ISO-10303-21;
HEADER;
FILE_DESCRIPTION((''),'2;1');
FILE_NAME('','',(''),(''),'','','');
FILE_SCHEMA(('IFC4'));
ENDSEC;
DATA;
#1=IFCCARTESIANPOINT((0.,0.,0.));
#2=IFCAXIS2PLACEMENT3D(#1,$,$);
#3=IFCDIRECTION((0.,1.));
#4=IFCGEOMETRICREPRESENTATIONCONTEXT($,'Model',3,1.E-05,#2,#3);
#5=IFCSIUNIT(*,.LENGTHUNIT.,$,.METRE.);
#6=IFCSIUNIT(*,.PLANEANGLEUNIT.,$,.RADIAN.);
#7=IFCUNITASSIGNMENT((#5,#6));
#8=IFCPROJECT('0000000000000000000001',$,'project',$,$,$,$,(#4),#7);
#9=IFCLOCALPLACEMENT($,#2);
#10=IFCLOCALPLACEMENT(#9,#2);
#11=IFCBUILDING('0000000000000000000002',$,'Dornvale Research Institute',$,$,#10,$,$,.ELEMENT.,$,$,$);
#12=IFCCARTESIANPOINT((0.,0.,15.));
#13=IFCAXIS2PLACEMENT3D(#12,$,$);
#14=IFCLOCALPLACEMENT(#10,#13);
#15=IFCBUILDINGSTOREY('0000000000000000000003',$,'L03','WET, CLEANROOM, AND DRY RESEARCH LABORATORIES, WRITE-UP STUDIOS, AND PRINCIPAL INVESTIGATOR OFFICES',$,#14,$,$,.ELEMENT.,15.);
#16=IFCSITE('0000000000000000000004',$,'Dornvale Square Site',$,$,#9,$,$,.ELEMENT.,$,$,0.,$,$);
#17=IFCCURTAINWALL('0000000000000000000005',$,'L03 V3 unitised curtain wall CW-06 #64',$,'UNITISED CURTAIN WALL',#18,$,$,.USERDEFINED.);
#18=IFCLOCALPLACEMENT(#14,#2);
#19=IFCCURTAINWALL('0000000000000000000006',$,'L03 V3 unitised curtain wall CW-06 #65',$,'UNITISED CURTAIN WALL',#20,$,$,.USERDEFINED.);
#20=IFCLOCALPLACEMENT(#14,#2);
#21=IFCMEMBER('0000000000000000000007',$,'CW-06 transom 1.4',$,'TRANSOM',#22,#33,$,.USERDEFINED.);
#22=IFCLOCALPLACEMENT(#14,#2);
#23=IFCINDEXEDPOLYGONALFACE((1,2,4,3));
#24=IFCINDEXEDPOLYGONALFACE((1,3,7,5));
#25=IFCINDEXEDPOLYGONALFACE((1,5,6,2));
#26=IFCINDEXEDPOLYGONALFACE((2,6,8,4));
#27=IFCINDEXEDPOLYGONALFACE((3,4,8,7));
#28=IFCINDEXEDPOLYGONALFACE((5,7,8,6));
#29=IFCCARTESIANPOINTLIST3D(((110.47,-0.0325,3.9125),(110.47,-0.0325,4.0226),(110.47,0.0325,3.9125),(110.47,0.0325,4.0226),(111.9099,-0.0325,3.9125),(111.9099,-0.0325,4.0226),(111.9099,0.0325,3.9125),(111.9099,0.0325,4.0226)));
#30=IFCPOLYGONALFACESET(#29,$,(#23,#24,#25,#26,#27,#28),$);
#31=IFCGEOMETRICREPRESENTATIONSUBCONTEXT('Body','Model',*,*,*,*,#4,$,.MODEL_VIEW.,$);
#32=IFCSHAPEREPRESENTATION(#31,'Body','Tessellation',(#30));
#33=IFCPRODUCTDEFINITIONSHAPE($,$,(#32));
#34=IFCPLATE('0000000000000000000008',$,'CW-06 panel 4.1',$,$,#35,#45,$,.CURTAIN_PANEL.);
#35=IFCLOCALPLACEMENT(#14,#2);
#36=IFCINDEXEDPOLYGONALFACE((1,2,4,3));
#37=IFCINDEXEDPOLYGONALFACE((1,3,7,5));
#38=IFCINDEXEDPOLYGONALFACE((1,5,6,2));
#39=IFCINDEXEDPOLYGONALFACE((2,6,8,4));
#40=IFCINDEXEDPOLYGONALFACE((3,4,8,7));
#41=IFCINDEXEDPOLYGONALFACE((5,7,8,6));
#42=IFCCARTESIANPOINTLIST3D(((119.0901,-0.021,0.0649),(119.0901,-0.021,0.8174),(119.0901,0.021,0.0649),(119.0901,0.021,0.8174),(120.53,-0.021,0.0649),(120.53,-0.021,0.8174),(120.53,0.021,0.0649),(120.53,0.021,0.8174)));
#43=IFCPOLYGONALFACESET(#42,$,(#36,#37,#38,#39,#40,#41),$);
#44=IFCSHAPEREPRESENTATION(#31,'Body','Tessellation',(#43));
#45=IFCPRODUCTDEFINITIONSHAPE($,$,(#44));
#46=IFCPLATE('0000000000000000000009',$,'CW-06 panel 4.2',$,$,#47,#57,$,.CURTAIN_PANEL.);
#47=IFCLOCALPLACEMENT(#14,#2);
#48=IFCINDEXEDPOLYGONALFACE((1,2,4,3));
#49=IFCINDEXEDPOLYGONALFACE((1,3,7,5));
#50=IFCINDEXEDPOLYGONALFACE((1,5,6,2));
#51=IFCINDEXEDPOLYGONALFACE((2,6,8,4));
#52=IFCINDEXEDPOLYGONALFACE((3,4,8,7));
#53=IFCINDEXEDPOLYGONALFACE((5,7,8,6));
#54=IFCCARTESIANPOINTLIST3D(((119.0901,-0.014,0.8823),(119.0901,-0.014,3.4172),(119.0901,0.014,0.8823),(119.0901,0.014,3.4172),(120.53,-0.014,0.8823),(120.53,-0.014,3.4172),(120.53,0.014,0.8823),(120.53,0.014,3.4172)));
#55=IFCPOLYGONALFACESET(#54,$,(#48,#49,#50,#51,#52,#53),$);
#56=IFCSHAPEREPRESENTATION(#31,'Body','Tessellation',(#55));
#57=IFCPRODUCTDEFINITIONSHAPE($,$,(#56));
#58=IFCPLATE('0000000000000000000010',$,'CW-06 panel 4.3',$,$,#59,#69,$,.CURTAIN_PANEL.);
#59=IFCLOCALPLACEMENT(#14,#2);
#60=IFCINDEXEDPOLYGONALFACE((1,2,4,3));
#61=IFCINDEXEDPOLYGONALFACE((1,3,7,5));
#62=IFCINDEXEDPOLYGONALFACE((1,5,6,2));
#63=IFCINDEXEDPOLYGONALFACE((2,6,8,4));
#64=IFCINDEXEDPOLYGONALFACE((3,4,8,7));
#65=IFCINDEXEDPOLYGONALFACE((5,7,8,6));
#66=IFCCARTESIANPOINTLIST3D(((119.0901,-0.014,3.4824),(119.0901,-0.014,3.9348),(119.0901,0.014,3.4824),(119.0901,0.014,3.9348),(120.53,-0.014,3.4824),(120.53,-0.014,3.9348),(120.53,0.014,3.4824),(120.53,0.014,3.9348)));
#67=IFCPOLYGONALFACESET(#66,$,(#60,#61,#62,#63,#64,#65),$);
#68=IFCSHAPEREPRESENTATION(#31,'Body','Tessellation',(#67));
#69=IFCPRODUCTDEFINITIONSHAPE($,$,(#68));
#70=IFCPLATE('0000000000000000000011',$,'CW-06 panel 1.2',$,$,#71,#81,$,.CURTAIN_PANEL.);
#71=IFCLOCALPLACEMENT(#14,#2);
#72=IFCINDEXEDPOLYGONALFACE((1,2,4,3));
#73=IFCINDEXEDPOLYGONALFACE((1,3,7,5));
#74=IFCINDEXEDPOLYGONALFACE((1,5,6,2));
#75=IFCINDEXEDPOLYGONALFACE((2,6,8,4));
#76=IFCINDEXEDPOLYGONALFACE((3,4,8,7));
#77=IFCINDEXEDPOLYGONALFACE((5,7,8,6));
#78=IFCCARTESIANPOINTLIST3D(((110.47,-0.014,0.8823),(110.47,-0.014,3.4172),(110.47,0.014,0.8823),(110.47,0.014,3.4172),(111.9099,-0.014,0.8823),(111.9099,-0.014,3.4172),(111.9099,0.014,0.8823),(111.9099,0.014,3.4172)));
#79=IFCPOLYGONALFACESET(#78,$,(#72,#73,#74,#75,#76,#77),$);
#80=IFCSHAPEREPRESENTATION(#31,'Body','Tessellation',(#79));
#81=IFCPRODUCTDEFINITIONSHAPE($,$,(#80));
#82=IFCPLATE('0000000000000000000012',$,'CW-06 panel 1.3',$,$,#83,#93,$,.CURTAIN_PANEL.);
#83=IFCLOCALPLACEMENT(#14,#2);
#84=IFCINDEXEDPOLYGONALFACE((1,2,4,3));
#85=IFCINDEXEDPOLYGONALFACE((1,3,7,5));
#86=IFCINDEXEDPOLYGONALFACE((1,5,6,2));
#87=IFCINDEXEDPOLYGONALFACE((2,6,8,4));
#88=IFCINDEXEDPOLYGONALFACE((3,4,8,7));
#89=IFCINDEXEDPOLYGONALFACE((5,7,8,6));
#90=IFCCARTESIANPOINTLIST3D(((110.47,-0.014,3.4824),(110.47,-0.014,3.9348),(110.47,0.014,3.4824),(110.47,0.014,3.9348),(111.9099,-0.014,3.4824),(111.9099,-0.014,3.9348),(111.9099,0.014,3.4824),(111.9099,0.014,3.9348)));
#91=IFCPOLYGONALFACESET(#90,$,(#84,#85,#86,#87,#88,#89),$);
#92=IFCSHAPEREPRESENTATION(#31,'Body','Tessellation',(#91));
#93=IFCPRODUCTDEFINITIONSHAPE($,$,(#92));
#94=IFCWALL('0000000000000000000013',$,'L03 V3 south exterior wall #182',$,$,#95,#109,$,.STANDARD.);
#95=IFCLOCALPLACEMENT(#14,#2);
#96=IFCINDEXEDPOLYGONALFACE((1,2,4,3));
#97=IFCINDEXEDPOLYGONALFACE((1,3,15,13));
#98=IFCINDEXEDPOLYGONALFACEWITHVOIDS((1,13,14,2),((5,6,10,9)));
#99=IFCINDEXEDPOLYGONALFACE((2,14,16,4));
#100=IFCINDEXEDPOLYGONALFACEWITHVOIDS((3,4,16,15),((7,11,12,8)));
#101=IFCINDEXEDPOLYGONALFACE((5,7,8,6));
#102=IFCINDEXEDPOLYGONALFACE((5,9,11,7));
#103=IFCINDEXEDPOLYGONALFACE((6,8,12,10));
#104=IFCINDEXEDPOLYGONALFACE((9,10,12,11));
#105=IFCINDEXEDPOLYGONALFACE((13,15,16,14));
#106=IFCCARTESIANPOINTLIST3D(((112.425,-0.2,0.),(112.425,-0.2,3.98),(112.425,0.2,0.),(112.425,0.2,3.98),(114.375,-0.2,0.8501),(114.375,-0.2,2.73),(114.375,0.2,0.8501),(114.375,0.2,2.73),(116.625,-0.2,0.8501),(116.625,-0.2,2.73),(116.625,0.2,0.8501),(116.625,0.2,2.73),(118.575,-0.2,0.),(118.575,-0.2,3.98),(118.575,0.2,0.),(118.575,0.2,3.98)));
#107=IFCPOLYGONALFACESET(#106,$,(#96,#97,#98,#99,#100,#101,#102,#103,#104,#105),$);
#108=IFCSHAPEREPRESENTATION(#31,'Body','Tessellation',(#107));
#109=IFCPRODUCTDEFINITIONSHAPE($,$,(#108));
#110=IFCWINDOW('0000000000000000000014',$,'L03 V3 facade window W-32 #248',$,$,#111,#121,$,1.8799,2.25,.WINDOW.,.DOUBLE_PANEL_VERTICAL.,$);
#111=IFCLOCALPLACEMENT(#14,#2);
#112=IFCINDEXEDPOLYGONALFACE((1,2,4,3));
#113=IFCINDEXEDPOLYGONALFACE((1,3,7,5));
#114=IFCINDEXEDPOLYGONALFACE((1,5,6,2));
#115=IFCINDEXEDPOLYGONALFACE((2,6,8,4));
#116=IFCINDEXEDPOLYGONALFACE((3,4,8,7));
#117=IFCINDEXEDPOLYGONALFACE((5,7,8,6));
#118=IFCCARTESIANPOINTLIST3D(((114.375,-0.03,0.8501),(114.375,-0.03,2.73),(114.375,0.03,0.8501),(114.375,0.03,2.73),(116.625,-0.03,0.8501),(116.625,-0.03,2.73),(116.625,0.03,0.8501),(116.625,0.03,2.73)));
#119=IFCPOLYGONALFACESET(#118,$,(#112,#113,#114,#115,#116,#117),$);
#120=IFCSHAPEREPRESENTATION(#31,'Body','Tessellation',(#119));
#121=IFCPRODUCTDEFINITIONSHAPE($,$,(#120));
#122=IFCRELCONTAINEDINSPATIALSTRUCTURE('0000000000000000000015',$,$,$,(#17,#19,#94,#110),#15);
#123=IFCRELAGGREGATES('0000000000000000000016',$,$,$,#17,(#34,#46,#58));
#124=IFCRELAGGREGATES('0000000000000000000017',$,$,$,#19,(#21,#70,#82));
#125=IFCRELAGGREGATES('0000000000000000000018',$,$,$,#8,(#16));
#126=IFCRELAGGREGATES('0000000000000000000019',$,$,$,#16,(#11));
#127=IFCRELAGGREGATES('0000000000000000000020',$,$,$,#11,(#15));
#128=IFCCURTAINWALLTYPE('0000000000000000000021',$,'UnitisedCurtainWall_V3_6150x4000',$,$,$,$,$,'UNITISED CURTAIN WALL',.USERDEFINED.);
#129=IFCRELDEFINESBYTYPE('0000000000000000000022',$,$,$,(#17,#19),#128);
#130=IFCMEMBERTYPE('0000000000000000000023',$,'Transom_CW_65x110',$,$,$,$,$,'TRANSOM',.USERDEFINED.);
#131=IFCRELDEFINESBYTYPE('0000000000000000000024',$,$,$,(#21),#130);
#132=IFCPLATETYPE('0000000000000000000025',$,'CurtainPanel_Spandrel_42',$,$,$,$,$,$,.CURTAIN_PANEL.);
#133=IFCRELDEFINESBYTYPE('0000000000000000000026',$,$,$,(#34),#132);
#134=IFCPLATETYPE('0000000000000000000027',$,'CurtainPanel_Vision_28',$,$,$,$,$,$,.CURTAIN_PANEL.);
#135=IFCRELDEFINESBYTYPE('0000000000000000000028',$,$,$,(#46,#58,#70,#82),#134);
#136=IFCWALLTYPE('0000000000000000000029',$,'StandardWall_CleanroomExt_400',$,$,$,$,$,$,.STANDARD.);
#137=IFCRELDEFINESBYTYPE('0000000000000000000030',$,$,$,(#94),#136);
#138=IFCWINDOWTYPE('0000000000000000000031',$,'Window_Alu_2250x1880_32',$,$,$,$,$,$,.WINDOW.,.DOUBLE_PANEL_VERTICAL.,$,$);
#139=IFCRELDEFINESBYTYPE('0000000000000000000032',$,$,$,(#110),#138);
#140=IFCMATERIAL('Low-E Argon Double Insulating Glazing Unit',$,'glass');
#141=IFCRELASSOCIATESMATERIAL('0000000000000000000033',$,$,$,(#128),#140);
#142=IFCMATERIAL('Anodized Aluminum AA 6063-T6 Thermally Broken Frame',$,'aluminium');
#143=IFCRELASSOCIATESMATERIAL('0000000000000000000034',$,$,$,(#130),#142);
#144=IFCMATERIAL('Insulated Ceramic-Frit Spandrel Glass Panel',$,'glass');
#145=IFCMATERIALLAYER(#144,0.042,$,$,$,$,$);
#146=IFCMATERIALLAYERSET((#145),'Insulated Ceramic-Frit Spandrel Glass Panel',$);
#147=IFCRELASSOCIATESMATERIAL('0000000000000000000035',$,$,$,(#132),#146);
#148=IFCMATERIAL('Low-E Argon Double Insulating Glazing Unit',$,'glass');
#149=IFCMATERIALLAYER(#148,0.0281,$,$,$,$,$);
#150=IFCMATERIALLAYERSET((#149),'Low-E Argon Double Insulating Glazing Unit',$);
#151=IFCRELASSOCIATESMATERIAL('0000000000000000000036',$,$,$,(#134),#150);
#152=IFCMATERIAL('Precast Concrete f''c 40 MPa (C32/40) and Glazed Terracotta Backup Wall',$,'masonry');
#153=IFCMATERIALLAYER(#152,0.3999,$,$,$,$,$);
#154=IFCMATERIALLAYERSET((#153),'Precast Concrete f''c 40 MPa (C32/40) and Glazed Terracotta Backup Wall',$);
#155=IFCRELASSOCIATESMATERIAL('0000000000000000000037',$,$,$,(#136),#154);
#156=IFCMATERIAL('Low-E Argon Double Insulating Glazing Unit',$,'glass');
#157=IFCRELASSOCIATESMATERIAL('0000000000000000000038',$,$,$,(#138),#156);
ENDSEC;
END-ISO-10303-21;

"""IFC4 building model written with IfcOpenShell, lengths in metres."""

from ifc_helpers import new_model, si_unit, direction, frame, frame_2d, origin, origin_2d, place, context, subcontext, project, spatial, rectangle, extrude, material, layer, layer_set, material_profile, profile_set, type_object, element, fill, aggregate, save


model = new_model("IFC4")

# Units and contexts
model_context = context("Model", 3, precision=1e-05, world=origin(), true_north=direction((0.0, 1.0)))
body_context = subcontext(model_context, "Body", "Model", "MODEL_VIEW")
ifc_project = project(units=[si_unit("LENGTHUNIT", "METRE"), si_unit("PLANEANGLEUNIT", "RADIAN")], contexts=[model_context])

# Site, building, storey
site_placement = place(None, origin())
site = spatial("IfcSite", under=ifc_project, at=site_placement, Name="Dornvale Square Site", CompositionType="ELEMENT", RefElevation=0.0)
building_placement = place(site_placement, origin())
building = spatial("IfcBuilding", under=site, at=building_placement, Name="Dornvale Research Institute", CompositionType="ELEMENT")
storey_placement = place(building_placement, frame((0.0, 0.0, 15.0)))
storey = spatial("IfcBuildingStorey", under=building, at=storey_placement, Name="L03", Description="WET, CLEANROOM, AND DRY RESEARCH LABORATORIES, WRITE-UP STUDIOS, AND PRINCIPAL INVESTIGATOR OFFICES", CompositionType="ELEMENT", Elevation=15.0)

# Curtain walls
ifc_material_1 = material(Name="Low-E Argon Double Insulating Glazing Unit", Category="glass")
curtain_wall_type = type_object("IfcCurtainWallType", Name="UnitisedCurtainWall_V3_6150x4000", ElementType="UNITISED CURTAIN WALL", PredefinedType="USERDEFINED", material=ifc_material_1)
curtain_wall_1_placement = place(storey_placement, origin())
curtain_wall_1 = element("IfcCurtainWall", 1, at=curtain_wall_1_placement, inside=storey, type_object=curtain_wall_type, Name="L03 V3 unitised curtain wall CW-06 #64", ObjectType="UNITISED CURTAIN WALL", PredefinedType="USERDEFINED")
curtain_wall_2_placement = place(storey_placement, origin())
curtain_wall_2 = element("IfcCurtainWall", 2, at=curtain_wall_2_placement, inside=storey, type_object=curtain_wall_type, Name="L03 V3 unitised curtain wall CW-06 #65", ObjectType="UNITISED CURTAIN WALL", PredefinedType="USERDEFINED")

# Member
ifc_material_2 = material(Name="Anodized Aluminum AA 6063-T6 Thermally Broken Frame", Category="aluminium")
ifc_material_profile_1 = material_profile(ifc_material_2, rectangle(XDim=0.0649, YDim=0.1101, at=origin_2d()), Name="ALU TRANSOM 65x110")
ifc_profile_set_1 = profile_set([ifc_material_profile_1], Name="Anodized Aluminum AA 6063-T6 Thermally Broken Frame")
member_type_1 = type_object("IfcMemberType", Name="Transom_CW_65x110", ElementType="TRANSOM", PredefinedType="USERDEFINED", material=ifc_profile_set_1)
member_1_placement = place(storey_placement, frame((111.9099, 0.0, 3.9675), z_axis=(-1.0, 0.0, 0.0), x_axis=(0.0, -1.0, 0.0)))
member_1 = element("IfcMember", 3, at=member_1_placement, type_object=member_type_1, Name="CW-06 transom 1.4", ObjectType="TRANSOM", PredefinedType="USERDEFINED", context=body_context, shape_type="SweptSolid", body=[
    extrude(rectangle(XDim=0.0649, YDim=0.1101, at=origin_2d()), origin(), (0.0, 0.0, 1.0), 1.4399),
])

# Plates
ifc_material_3 = material(Name="Insulated Ceramic-Frit Spandrel Glass Panel", Category="glass")
ifc_layer_1 = layer(ifc_material_3, 0.042)
ifc_layer_set_1 = layer_set([ifc_layer_1], Name="Insulated Ceramic-Frit Spandrel Glass Panel")
plate_type_1 = type_object("IfcPlateType", Name="CurtainPanel_Spandrel_42", PredefinedType="CURTAIN_PANEL", material=ifc_layer_set_1)
plate_1_placement = place(storey_placement, frame((119.8101, 0.0, 0.0649), z_axis=(0.0, 0.0, 1.0), x_axis=(-1.0, 0.0, 0.0)))
plate_1 = element("IfcPlate", 4, at=plate_1_placement, type_object=plate_type_1, Name="CW-06 panel 4.1", PredefinedType="CURTAIN_PANEL", context=body_context, shape_type="SweptSolid", body=[
    extrude(rectangle(XDim=1.4399, YDim=0.042, at=origin_2d()), origin(), (0.0, 0.0, 1.0), 0.7524),
])
ifc_material_4 = material(Name="Low-E Argon Double Insulating Glazing Unit", Category="glass")
ifc_layer_2 = layer(ifc_material_4, 0.0281)
ifc_layer_set_2 = layer_set([ifc_layer_2], Name="Low-E Argon Double Insulating Glazing Unit")
plate_type_2 = type_object("IfcPlateType", Name="CurtainPanel_Vision_28", PredefinedType="CURTAIN_PANEL", material=ifc_layer_set_2)
plate_2_placement = place(storey_placement, frame((119.8101, 0.0, 0.8823), z_axis=(0.0, 0.0, 1.0), x_axis=(-1.0, 0.0, 0.0)))
plate_2 = element("IfcPlate", 5, at=plate_2_placement, type_object=plate_type_2, Name="CW-06 panel 4.2", PredefinedType="CURTAIN_PANEL", context=body_context, shape_type="SweptSolid", body=[
    extrude(rectangle(XDim=1.4399, YDim=0.0281, at=origin_2d()), origin(), (0.0, 0.0, 1.0), 2.5349),
])
plate_3_placement = place(storey_placement, frame((119.8101, 0.0, 3.4824), z_axis=(0.0, 0.0, 1.0), x_axis=(-1.0, 0.0, 0.0)))
plate_3 = element("IfcPlate", 6, at=plate_3_placement, type_object=plate_type_2, Name="CW-06 panel 4.3", PredefinedType="CURTAIN_PANEL", context=body_context, shape_type="SweptSolid", body=[
    extrude(rectangle(XDim=1.4399, YDim=0.0281, at=origin_2d()), origin(), (0.0, 0.0, 1.0), 0.4524),
])
aggregate(curtain_wall_1, [plate_1, plate_2, plate_3])
plate_4_placement = place(storey_placement, frame((111.1899, 0.0, 0.8823), z_axis=(0.0, 0.0, 1.0), x_axis=(-1.0, 0.0, 0.0)))
plate_4 = element("IfcPlate", 7, at=plate_4_placement, type_object=plate_type_2, Name="CW-06 panel 1.2", PredefinedType="CURTAIN_PANEL", context=body_context, shape_type="SweptSolid", body=[
    extrude(rectangle(XDim=1.4399, YDim=0.0281, at=origin_2d()), origin(), (0.0, 0.0, 1.0), 2.5349),
])
plate_5_placement = place(storey_placement, frame((111.1899, 0.0, 3.4824), z_axis=(0.0, 0.0, 1.0), x_axis=(-1.0, 0.0, 0.0)))
plate_5 = element("IfcPlate", 8, at=plate_5_placement, type_object=plate_type_2, Name="CW-06 panel 1.3", PredefinedType="CURTAIN_PANEL", context=body_context, shape_type="SweptSolid", body=[
    extrude(rectangle(XDim=1.4399, YDim=0.0281, at=origin_2d()), origin(), (0.0, 0.0, 1.0), 0.4524),
])
aggregate(curtain_wall_2, [member_1, plate_4, plate_5])

# Wall, opening, window
ifc_material_5 = material(Name="Precast Concrete f'c 40 MPa (C32/40) and Glazed Terracotta Backup Wall", Category="masonry")
ifc_layer_3 = layer(ifc_material_5, 0.3999)
ifc_layer_set_3 = layer_set([ifc_layer_3], Name="Precast Concrete f'c 40 MPa (C32/40) and Glazed Terracotta Backup Wall")
wall_type = type_object("IfcWallType", Name="StandardWall_CleanroomExt_400", PredefinedType="STANDARD", material=ifc_layer_set_3)
wall_placement = place(storey_placement, frame((118.575, 0.0, 0.0), z_axis=(0.0, 0.0, 1.0), x_axis=(-1.0, 0.0, 0.0)))
wall = element("IfcWall", 9, at=wall_placement, inside=storey, type_object=wall_type, Name="L03 V3 south exterior wall #182", PredefinedType="STANDARD", context=body_context, shape_type="SweptSolid", body=[
    extrude(rectangle(XDim=6.1499, YDim=0.3999, at=frame_2d((3.075, 0.0))), origin(), (0.0, 0.0, 1.0), 3.98),
])
opening_placement = place(wall_placement, frame((1.95, 0.0, 0.8501)))
opening = element("IfcOpeningElement", 10, at=opening_placement, cuts=wall, PredefinedType="OPENING", context=body_context, shape_type="SweptSolid", body=[
    extrude(rectangle(XDim=2.25, YDim=1.8799, at=frame_2d((1.125, 0.9399))), frame((0.0, 0.2148, 0.0), z_axis=(0.0, -1.0, 0.0), x_axis=(1.0, 0.0, 0.0)), (0.0, 0.0, 1.0), 0.4299),
])
ifc_material_6 = material(Name="Low-E Argon Double Insulating Glazing Unit", Category="glass")
window_type = type_object("IfcWindowType", Name="Window_Alu_2250x1880_32", PartitioningType="DOUBLE_PANEL_VERTICAL", PredefinedType="WINDOW", material=ifc_material_6)
window_placement = place(opening_placement, origin())
window = element("IfcWindow", 11, at=window_placement, inside=storey, type_object=window_type, Name="L03 V3 facade window W-32 #248", OverallHeight=1.8799, OverallWidth=2.25, PartitioningType="DOUBLE_PANEL_VERTICAL", PredefinedType="WINDOW", context=body_context, shape_type="SweptSolid", body=[
    extrude(rectangle(XDim=2.25, YDim=1.8799, at=frame_2d((1.125, 0.9399))), frame((0.0, 0.03, 0.0), z_axis=(0.0, -1.0, 0.0), x_axis=(1.0, 0.0, 0.0)), (0.0, 0.0, 1.0), 0.0601),
])
fill(opening, window)

save(model, "model.ifc")
